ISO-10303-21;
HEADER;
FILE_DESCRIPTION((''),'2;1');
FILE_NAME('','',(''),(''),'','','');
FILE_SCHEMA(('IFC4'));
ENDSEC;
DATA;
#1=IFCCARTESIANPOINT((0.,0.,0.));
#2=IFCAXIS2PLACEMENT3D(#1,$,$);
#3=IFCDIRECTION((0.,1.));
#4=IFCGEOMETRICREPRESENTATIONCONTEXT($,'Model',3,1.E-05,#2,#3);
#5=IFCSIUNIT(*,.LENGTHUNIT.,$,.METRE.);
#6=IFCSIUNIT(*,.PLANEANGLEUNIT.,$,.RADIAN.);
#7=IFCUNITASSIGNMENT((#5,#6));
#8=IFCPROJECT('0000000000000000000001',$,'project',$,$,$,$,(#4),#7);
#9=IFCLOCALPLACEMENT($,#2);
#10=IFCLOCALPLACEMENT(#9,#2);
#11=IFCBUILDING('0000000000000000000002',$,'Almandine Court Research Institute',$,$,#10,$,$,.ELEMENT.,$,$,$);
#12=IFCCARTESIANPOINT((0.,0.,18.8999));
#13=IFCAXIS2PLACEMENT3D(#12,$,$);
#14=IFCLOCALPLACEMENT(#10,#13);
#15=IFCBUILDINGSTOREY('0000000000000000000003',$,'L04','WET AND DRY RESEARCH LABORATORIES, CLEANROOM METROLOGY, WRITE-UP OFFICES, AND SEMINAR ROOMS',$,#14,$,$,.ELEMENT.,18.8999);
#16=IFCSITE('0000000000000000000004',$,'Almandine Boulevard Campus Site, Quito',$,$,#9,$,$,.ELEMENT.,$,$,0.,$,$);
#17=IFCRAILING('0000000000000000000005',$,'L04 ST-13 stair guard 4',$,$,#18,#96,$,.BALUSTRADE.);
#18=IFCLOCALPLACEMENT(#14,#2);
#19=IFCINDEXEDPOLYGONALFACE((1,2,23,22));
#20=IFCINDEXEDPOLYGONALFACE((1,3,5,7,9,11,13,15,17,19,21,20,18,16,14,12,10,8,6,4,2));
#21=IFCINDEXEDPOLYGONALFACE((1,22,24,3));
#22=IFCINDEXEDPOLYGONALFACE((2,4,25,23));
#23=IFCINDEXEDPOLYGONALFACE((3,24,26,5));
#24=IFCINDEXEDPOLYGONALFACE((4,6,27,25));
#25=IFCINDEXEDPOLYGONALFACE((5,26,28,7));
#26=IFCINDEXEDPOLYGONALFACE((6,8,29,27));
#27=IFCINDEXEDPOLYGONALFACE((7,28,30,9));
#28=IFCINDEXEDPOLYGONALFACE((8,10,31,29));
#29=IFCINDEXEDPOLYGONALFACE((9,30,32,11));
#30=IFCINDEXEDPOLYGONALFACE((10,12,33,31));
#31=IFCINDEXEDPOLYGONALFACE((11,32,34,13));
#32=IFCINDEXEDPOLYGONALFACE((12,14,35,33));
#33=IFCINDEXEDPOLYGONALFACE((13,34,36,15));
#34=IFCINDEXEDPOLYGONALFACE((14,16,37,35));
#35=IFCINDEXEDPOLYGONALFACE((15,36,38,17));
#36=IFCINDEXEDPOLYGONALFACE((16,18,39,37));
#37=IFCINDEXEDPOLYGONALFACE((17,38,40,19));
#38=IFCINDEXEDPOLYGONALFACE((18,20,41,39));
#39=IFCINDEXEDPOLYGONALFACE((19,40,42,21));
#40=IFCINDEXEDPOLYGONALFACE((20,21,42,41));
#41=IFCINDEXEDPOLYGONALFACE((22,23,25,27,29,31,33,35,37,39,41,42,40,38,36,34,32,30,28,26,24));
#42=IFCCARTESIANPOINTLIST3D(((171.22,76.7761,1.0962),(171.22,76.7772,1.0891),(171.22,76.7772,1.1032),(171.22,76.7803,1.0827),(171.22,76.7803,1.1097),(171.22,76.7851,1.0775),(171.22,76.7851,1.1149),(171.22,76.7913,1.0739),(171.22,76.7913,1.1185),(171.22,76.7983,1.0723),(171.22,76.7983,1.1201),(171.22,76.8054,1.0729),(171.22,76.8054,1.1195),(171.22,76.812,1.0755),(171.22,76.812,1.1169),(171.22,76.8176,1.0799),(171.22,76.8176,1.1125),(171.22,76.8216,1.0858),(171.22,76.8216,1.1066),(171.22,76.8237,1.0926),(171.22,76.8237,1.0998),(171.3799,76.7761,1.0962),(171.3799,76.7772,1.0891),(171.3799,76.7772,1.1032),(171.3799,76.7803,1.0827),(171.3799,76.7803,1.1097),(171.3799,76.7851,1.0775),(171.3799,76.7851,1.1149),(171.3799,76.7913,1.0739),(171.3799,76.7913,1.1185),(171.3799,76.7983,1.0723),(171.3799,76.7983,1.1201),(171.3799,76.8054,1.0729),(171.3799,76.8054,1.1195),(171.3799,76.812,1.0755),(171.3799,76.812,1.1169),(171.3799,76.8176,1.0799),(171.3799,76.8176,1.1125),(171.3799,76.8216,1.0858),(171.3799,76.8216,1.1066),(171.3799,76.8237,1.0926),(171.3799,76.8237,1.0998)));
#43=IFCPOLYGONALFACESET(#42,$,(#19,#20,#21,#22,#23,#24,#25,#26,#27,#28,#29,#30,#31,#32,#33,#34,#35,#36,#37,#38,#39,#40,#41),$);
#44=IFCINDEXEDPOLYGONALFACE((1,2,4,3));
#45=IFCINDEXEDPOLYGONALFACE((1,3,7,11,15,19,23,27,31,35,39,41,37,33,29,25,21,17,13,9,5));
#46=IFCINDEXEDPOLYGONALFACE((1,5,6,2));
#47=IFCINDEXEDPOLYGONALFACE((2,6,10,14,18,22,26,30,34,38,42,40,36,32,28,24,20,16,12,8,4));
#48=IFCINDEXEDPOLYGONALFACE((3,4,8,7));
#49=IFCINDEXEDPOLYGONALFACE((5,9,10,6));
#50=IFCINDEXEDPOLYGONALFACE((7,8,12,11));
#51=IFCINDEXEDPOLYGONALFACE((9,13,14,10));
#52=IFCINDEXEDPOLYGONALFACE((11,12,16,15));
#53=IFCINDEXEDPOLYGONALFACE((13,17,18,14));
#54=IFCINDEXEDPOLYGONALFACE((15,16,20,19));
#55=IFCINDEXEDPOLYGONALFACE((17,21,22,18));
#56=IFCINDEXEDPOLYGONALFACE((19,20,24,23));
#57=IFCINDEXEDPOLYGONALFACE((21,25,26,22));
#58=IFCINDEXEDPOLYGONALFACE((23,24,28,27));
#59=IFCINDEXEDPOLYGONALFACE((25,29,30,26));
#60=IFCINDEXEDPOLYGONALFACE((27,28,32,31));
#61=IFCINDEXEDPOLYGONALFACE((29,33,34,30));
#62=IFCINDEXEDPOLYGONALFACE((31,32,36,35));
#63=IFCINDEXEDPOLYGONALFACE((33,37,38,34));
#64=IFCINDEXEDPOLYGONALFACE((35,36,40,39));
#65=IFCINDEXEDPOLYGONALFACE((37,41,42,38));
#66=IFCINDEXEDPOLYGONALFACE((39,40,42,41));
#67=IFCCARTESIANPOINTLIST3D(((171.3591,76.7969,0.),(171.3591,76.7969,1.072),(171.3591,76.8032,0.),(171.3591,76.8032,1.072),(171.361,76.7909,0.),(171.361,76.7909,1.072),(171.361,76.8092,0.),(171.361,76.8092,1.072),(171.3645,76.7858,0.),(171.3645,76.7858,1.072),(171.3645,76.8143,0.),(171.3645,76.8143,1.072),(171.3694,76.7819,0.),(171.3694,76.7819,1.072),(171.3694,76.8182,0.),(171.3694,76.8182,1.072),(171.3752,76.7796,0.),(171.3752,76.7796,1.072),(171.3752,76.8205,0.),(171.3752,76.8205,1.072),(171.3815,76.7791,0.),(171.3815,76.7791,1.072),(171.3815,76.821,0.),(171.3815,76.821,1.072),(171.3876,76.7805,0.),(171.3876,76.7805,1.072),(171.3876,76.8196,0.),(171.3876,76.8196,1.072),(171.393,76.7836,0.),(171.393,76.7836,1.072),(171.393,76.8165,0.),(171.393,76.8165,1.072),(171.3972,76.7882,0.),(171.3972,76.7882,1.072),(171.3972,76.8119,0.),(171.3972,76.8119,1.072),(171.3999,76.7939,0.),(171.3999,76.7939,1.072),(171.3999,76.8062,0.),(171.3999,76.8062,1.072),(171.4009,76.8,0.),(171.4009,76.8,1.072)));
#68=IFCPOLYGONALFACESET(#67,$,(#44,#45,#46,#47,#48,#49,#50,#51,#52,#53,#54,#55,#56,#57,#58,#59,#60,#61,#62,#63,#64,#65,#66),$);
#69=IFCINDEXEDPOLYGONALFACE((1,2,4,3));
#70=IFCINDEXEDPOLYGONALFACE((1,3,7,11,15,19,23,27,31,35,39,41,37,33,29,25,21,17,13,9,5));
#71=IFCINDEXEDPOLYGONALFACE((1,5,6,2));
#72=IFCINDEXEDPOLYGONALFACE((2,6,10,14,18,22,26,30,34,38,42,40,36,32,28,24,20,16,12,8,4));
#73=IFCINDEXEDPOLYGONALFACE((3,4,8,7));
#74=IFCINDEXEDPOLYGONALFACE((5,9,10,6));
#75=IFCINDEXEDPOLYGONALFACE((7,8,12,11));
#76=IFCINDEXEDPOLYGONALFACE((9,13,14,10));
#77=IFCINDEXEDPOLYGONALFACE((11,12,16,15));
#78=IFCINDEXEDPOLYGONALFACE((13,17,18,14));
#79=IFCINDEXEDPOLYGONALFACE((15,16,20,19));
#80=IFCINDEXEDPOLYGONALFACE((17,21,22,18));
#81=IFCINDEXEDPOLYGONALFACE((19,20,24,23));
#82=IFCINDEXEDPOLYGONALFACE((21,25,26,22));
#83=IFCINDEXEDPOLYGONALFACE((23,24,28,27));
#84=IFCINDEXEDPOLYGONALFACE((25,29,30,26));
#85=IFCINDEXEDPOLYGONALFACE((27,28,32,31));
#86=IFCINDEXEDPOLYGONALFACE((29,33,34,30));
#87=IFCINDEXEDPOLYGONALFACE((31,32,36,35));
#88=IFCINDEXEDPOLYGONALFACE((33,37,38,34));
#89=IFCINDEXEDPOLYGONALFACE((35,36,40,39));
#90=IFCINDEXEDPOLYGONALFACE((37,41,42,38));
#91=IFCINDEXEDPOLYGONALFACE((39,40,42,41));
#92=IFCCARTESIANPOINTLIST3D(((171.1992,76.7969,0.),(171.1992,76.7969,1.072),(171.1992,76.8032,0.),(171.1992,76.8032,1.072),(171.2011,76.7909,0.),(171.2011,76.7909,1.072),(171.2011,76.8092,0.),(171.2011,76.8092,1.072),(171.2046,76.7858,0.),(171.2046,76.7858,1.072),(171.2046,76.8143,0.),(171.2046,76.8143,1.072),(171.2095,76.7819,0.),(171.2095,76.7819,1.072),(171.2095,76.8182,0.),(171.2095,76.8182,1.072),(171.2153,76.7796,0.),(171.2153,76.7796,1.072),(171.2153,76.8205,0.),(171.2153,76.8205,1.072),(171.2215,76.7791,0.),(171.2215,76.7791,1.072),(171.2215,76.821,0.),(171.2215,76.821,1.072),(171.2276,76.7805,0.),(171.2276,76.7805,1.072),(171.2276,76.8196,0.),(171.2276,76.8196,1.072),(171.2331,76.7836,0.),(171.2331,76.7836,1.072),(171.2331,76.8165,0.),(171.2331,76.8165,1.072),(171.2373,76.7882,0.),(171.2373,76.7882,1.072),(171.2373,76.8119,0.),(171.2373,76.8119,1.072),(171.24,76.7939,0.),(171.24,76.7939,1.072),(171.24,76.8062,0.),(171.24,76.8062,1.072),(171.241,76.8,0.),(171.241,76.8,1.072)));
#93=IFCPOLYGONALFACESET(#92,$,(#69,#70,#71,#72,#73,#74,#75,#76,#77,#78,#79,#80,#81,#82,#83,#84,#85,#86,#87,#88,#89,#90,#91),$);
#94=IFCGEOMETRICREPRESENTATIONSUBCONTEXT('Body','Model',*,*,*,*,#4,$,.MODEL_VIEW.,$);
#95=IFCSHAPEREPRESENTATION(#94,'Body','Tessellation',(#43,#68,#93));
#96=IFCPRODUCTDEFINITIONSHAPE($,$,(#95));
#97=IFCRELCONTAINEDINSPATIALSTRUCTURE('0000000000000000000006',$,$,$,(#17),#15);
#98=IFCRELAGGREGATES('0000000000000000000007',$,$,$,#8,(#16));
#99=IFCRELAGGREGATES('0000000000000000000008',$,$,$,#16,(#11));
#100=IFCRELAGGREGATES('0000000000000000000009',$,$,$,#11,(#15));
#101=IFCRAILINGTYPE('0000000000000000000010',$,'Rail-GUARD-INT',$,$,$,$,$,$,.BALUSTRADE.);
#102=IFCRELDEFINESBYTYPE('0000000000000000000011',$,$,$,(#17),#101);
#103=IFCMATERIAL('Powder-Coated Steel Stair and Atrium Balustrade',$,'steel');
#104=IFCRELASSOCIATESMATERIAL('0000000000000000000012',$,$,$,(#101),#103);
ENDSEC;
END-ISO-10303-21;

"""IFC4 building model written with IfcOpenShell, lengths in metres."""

from ifc_helpers import new_model, si_unit, direction, frame, origin, origin_2d, place, context, subcontext, project, spatial, circle, extrude, material, type_object, element, save


model = new_model("IFC4")

# Units and contexts
model_context = context("Model", 3, precision=1e-05, world=origin(), true_north=direction((0.0, 1.0)))
body_context = subcontext(model_context, "Body", "Model", "MODEL_VIEW")
ifc_project = project(units=[si_unit("LENGTHUNIT", "METRE"), si_unit("PLANEANGLEUNIT", "RADIAN")], contexts=[model_context])

# Site, building, storey
site_placement = place(None, origin())
site = spatial("IfcSite", under=ifc_project, at=site_placement, Name="Almandine Boulevard Campus Site, Quito", CompositionType="ELEMENT", RefElevation=0.0)
building_placement = place(site_placement, origin())
building = spatial("IfcBuilding", under=site, at=building_placement, Name="Almandine Court Research Institute", CompositionType="ELEMENT")
storey_placement = place(building_placement, frame((0.0, 0.0, 18.8999)))
storey = spatial("IfcBuildingStorey", under=building, at=storey_placement, Name="L04", Description="WET AND DRY RESEARCH LABORATORIES, CLEANROOM METROLOGY, WRITE-UP OFFICES, AND SEMINAR ROOMS", CompositionType="ELEMENT", Elevation=18.8999)

# Railing
ifc_material_1 = material(Name="Powder-Coated Steel Stair and Atrium Balustrade", Category="steel")
railing_type_1 = type_object("IfcRailingType", Name="Rail-GUARD-INT", PredefinedType="BALUSTRADE", material=ifc_material_1)
railing_1_placement = place(storey_placement, frame((171.3799, 76.8, 0.0)))
element("IfcRailing", 1, at=railing_1_placement, inside=storey, type_object=railing_type_1, Name="L04 ST-13 stair guard 4", PredefinedType="BALUSTRADE", context=body_context, shape_type="SweptSolid", body=[
    extrude(circle(Radius=0.0239, at=origin_2d()), frame((0.0, 0.0, 1.0962), z_axis=(-1.0, 0.0, 0.0), x_axis=(0.0, -1.0, 0.0)), (0.0, 0.0, 1.0), 0.1599),
    extrude(circle(Radius=0.021, at=origin_2d()), origin(), (0.0, 0.0, 1.0), 1.072),
    extrude(circle(Radius=0.021, at=origin_2d()), frame((-0.1599, 0.0, 0.0)), (0.0, 0.0, 1.0), 1.072),
])

save(model, "model.ifc")
